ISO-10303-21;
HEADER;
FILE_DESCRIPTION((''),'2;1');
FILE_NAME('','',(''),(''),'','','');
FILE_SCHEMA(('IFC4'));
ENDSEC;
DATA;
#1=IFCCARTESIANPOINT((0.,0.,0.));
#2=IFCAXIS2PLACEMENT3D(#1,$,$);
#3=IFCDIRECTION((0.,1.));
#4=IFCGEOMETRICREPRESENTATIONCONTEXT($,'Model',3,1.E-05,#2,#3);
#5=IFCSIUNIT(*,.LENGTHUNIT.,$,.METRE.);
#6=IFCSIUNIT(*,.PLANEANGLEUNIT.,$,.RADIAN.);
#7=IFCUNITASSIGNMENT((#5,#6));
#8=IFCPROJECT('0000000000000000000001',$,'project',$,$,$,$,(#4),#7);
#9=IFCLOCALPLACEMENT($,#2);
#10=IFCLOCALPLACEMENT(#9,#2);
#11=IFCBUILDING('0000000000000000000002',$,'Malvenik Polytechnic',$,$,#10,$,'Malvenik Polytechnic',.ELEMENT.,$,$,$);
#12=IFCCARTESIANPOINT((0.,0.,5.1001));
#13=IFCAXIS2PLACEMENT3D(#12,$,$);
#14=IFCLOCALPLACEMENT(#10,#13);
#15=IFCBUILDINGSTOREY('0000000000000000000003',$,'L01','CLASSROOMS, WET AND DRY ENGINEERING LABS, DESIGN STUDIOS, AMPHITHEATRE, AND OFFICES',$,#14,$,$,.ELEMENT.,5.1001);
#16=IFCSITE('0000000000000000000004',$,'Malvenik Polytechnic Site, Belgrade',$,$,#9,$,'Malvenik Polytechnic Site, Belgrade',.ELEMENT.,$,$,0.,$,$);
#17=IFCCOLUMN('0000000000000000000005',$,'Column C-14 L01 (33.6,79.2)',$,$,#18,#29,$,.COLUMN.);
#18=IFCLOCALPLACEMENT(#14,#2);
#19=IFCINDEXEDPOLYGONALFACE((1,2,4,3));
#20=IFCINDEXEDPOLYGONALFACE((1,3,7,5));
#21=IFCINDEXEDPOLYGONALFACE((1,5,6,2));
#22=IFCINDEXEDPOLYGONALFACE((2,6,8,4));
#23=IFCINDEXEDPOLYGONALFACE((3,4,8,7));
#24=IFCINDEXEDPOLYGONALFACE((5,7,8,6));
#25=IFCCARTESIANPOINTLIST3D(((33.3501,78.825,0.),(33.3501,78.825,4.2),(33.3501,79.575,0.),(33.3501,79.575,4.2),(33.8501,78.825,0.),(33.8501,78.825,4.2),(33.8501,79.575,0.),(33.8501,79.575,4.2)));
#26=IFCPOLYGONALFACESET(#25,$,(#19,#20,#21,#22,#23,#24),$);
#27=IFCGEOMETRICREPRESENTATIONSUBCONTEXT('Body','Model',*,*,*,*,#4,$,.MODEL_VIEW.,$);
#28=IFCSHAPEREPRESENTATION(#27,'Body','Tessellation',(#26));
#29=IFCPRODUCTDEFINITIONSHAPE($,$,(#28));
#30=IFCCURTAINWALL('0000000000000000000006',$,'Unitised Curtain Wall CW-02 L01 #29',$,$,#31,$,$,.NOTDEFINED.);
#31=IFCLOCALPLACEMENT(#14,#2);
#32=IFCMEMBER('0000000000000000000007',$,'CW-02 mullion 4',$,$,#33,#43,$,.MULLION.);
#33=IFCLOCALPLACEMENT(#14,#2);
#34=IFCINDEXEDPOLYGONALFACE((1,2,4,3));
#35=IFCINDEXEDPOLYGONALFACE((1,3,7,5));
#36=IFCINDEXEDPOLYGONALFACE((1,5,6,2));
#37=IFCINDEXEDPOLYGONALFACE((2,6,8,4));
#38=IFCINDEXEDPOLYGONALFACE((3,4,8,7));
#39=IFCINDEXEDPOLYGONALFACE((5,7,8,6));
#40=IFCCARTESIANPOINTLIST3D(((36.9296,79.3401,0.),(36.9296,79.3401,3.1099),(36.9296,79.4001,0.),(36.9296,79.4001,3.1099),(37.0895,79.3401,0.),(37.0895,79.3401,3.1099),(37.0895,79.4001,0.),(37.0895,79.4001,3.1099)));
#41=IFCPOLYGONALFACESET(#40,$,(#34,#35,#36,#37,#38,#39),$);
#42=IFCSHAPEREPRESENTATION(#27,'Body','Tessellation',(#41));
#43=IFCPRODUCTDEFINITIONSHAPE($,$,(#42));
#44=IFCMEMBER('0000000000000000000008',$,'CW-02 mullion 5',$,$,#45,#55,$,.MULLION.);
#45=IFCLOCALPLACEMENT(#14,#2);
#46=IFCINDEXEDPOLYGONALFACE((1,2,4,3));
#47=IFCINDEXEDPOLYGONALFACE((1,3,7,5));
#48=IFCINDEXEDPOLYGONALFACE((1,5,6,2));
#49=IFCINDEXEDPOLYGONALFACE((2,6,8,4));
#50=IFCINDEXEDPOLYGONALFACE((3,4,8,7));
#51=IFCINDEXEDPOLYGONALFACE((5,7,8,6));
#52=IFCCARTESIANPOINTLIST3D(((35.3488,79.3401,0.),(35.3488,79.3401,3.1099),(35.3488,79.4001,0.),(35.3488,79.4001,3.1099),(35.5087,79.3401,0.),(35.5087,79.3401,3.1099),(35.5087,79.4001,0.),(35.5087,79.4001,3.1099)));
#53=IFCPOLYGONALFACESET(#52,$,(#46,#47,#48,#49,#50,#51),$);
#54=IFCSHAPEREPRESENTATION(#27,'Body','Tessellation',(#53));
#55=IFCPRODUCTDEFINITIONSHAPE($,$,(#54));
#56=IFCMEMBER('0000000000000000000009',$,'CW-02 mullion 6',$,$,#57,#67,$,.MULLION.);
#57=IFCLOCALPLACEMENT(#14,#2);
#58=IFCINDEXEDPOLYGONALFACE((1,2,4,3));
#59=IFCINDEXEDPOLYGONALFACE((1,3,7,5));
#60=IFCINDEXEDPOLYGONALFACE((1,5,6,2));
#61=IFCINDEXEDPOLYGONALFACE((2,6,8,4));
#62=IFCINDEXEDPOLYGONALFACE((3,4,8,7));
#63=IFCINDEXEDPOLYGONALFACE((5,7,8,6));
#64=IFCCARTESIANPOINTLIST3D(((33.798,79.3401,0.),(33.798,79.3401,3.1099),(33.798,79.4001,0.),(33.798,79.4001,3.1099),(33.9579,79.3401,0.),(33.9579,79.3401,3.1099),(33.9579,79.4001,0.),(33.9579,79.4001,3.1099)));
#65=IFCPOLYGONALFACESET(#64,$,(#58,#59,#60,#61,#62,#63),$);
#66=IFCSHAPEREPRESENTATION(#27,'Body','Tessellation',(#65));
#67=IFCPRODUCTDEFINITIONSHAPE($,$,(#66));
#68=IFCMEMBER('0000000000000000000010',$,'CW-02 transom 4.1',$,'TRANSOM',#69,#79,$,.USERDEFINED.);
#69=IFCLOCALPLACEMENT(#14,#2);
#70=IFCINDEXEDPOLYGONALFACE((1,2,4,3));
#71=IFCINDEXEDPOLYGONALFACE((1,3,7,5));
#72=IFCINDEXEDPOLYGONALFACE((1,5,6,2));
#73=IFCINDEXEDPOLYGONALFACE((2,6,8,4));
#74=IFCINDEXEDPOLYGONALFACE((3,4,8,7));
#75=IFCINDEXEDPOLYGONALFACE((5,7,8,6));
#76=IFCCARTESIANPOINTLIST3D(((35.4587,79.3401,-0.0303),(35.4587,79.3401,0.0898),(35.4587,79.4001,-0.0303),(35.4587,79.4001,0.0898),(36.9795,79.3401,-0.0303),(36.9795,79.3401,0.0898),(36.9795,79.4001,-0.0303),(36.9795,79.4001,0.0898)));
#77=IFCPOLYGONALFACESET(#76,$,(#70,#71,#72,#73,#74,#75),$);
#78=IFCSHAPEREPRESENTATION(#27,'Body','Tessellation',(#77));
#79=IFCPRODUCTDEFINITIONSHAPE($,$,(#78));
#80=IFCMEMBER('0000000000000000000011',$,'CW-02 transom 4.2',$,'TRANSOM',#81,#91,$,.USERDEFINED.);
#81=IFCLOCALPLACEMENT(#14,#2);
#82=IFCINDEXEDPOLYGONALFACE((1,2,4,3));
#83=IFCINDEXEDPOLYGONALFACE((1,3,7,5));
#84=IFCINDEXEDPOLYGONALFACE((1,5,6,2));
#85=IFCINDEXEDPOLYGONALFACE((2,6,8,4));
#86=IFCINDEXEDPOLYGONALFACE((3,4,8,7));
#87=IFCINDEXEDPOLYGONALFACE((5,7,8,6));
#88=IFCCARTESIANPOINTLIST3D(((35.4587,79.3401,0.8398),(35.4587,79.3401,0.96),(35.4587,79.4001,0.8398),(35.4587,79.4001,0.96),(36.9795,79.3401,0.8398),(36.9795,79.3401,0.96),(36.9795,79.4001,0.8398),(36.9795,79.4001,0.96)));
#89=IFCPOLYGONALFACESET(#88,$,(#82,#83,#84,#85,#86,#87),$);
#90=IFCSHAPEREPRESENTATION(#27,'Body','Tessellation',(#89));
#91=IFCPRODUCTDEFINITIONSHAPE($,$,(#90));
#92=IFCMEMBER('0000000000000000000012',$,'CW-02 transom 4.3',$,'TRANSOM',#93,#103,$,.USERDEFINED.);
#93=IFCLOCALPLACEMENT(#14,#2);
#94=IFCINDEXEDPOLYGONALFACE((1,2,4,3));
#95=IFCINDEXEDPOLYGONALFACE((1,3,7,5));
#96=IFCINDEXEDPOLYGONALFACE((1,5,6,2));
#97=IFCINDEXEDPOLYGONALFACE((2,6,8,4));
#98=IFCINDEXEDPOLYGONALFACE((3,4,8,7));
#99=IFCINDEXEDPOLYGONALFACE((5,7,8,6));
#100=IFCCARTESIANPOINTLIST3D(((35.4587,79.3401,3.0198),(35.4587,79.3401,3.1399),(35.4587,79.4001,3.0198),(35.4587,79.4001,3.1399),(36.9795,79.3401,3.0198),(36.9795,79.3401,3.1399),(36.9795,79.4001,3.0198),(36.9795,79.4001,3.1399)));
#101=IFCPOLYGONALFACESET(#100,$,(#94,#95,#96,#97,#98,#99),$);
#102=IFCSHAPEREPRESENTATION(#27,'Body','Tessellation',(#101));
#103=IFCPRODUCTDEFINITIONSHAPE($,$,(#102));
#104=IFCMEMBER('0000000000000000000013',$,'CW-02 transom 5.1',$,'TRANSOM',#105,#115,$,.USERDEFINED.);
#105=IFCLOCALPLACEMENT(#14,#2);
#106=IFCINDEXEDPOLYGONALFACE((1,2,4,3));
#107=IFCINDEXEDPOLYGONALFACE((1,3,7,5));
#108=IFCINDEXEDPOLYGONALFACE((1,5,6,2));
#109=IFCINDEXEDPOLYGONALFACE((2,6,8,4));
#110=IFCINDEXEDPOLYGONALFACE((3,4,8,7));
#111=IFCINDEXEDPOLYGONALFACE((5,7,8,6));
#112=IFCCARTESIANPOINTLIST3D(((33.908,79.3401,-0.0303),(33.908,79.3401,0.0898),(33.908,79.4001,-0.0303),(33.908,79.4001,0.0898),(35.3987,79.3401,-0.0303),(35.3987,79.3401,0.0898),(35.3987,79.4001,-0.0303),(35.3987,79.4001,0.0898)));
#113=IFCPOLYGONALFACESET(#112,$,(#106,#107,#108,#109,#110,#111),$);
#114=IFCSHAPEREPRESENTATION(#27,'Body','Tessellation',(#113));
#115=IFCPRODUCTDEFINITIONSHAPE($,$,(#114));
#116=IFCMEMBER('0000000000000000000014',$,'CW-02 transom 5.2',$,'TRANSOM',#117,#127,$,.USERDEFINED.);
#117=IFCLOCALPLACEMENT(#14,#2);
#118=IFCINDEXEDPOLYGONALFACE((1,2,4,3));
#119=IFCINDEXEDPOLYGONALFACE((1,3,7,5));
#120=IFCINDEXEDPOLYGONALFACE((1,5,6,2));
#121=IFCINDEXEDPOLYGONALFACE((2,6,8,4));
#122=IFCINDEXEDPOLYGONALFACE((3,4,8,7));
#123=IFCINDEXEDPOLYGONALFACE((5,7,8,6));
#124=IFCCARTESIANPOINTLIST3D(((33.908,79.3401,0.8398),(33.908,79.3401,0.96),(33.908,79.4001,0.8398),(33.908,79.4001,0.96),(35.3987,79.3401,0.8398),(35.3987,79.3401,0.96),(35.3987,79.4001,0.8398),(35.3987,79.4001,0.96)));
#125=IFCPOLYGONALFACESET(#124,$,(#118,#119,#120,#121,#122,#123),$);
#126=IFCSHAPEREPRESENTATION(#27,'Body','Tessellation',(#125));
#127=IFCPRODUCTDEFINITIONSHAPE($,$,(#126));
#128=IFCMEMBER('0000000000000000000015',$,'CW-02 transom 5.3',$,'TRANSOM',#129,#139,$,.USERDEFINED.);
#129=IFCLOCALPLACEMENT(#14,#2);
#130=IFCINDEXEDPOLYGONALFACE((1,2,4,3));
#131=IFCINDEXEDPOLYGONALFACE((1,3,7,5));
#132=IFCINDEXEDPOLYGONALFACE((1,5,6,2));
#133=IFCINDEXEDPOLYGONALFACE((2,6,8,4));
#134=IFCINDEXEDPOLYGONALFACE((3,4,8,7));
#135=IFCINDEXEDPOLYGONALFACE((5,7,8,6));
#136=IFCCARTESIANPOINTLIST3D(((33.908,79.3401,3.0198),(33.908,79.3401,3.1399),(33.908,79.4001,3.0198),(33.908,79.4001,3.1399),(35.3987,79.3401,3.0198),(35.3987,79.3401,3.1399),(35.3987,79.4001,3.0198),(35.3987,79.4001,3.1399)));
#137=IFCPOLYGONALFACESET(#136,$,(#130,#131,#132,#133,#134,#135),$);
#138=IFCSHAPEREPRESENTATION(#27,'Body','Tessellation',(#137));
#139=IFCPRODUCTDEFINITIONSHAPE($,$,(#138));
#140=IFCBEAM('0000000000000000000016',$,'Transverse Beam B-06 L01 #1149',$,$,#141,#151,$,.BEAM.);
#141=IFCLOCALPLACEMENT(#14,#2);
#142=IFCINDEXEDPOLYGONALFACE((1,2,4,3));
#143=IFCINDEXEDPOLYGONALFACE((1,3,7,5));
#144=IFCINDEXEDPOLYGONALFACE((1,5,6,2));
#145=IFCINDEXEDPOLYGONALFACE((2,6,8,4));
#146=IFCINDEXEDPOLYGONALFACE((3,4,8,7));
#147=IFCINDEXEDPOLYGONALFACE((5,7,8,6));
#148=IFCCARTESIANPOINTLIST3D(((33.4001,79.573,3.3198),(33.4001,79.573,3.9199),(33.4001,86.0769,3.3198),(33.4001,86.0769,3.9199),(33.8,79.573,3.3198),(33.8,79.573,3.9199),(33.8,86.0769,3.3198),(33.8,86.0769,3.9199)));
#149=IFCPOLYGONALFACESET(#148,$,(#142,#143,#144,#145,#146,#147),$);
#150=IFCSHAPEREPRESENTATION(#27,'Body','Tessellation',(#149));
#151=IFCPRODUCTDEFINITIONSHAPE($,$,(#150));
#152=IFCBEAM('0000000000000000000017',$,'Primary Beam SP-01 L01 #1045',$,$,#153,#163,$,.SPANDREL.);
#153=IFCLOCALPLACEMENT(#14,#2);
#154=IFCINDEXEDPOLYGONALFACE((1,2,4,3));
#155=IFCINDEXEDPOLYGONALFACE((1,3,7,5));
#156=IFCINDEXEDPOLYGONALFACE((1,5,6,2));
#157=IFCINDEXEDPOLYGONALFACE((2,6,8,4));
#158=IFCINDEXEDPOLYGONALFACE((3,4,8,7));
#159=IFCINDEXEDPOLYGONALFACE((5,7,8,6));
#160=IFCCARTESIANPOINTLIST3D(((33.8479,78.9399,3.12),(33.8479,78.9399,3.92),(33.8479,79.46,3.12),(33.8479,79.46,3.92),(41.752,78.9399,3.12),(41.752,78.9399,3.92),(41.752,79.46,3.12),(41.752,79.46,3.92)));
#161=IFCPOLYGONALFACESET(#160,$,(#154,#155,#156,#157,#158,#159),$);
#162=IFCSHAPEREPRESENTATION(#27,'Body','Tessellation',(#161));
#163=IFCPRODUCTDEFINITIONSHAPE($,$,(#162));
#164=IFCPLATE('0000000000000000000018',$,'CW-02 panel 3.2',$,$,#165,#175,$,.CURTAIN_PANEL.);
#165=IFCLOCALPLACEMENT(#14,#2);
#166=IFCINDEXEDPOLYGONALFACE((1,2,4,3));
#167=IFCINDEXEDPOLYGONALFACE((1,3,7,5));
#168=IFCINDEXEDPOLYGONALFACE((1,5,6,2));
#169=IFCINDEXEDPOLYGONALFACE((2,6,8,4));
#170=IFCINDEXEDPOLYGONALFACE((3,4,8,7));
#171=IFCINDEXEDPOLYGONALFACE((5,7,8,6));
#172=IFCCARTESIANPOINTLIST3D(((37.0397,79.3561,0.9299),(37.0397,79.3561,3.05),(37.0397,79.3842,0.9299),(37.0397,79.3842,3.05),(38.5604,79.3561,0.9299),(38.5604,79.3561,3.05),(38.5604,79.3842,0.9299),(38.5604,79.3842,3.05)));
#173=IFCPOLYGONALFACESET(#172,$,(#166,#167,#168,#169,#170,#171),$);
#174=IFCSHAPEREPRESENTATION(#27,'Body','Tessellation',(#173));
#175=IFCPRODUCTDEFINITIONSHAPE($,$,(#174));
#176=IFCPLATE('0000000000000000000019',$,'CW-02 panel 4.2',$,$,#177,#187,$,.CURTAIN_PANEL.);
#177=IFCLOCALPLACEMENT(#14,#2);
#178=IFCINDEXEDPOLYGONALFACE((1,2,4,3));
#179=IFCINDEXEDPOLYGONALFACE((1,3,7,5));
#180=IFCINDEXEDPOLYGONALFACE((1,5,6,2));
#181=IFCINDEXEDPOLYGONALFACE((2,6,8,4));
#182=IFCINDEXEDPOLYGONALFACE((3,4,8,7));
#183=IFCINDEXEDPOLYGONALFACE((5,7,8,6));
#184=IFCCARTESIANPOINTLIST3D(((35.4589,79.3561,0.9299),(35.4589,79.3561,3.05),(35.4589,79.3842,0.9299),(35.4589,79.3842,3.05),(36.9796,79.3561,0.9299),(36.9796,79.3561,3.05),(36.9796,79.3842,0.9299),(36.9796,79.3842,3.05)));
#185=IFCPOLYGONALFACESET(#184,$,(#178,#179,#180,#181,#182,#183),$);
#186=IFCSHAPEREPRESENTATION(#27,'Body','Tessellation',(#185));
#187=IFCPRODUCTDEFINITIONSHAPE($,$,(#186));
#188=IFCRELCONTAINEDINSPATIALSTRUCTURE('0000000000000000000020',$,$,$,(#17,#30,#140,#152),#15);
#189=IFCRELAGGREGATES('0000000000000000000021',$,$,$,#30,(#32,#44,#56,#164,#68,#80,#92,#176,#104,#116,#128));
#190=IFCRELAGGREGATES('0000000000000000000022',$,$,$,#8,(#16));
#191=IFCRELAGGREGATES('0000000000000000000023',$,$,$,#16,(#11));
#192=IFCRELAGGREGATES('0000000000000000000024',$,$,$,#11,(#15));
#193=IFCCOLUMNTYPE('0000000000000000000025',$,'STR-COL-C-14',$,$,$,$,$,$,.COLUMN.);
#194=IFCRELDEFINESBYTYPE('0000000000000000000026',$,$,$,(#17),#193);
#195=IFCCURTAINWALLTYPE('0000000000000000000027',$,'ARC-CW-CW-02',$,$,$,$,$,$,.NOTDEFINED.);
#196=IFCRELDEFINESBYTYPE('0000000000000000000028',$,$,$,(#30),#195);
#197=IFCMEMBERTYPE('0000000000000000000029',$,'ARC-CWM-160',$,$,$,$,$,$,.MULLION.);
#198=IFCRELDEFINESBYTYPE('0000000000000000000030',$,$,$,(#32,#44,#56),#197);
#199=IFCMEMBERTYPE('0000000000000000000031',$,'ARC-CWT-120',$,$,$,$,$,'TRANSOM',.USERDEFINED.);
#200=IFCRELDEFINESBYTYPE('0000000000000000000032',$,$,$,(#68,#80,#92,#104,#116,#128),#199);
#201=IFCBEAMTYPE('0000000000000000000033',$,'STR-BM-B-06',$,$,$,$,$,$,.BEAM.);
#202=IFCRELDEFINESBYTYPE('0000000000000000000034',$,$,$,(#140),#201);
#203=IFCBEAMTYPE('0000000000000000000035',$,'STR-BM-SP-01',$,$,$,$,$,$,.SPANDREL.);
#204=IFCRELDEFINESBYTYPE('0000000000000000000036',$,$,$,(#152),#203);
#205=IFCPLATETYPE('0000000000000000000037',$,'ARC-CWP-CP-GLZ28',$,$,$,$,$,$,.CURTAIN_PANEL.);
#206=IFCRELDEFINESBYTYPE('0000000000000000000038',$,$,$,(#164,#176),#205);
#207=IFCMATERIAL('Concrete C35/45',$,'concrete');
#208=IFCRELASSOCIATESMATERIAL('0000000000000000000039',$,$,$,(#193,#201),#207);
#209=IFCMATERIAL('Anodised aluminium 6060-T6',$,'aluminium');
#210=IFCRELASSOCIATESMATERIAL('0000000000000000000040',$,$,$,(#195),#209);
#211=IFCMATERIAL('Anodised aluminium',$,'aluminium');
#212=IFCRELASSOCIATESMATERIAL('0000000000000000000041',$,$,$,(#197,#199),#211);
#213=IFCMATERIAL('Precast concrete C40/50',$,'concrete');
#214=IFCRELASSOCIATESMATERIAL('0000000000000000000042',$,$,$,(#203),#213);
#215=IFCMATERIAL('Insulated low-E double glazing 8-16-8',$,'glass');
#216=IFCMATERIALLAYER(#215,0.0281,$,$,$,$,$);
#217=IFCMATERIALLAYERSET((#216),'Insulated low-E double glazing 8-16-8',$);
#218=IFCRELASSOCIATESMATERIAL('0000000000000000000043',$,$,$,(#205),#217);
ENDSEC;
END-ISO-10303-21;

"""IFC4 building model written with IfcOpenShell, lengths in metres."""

from ifc_helpers import new_model, si_unit, direction, frame, origin, origin_2d, place, context, subcontext, project, spatial, rectangle, extrude, material, layer, layer_set, material_profile, profile_set, type_object, element, aggregate, save


model = new_model("IFC4")

# Units and contexts
model_context = context("Model", 3, precision=1e-05, world=origin(), true_north=direction((0.0, 1.0)))
body_context = subcontext(model_context, "Body", "Model", "MODEL_VIEW")
ifc_project = project(units=[si_unit("LENGTHUNIT", "METRE"), si_unit("PLANEANGLEUNIT", "RADIAN")], contexts=[model_context])

# Site, building, storey
site_placement = place(None, origin())
site = spatial("IfcSite", under=ifc_project, at=site_placement, Name="Malvenik Polytechnic Site, Belgrade", LongName="Malvenik Polytechnic Site, Belgrade", CompositionType="ELEMENT", RefElevation=0.0)
building_placement = place(site_placement, origin())
building = spatial("IfcBuilding", under=site, at=building_placement, Name="Malvenik Polytechnic", LongName="Malvenik Polytechnic", CompositionType="ELEMENT")
storey_placement = place(building_placement, frame((0.0, 0.0, 5.1001)))
storey = spatial("IfcBuildingStorey", under=building, at=storey_placement, Name="L01", Description="CLASSROOMS, WET AND DRY ENGINEERING LABS, DESIGN STUDIOS, AMPHITHEATRE, AND OFFICES", CompositionType="ELEMENT", Elevation=5.1001)

# Column
ifc_material_1 = material(Name="Concrete C35/45", Category="concrete")
ifc_material_profile_1 = material_profile(ifc_material_1, rectangle(XDim=0.5, YDim=0.75, at=origin_2d()), Name="RC COL 750x500")
ifc_profile_set_1 = profile_set([ifc_material_profile_1], Name="Concrete C35/45")
column_type = type_object("IfcColumnType", Name="STR-COL-C-14", PredefinedType="COLUMN", material=ifc_profile_set_1)
column_placement = place(storey_placement, frame((33.6001, 79.2, 0.0), z_axis=(0.0, 0.0, 1.0), x_axis=(1.0, 0.0, 0.0)))
element("IfcColumn", 1, at=column_placement, inside=storey, type_object=column_type, Name="Column C-14 L01 (33.6,79.2)", PredefinedType="COLUMN", context=body_context, shape_type="SweptSolid", body=[
    extrude(rectangle(XDim=0.5, YDim=0.75, at=origin_2d()), origin(), (0.0, 0.0, 1.0), 4.2),
])

# Curtain wall, members
ifc_material_2 = material(Name="Anodised aluminium 6060-T6", Category="aluminium")
curtain_wall_type = type_object("IfcCurtainWallType", Name="ARC-CW-CW-02", PredefinedType="NOTDEFINED", material=ifc_material_2)
curtain_wall_placement = place(storey_placement, origin())
curtain_wall = element("IfcCurtainWall", 2, at=curtain_wall_placement, inside=storey, type_object=curtain_wall_type, Name="Unitised Curtain Wall CW-02 L01 #29", PredefinedType="NOTDEFINED")
ifc_material_3 = material(Name="Anodised aluminium", Category="aluminium")
ifc_material_profile_2 = material_profile(ifc_material_3, rectangle(XDim=0.0601, YDim=0.1599, at=origin_2d()), Name="ALU MULLION 60x160")
ifc_profile_set_2 = profile_set([ifc_material_profile_2], Name="Anodised aluminium")
member_type_1 = type_object("IfcMemberType", Name="ARC-CWM-160", PredefinedType="MULLION", material=ifc_profile_set_2)
member_1_placement = place(storey_placement, frame((37.0095, 79.3701, 0.0), z_axis=(0.0, 0.0, 1.0), x_axis=(0.0, -1.0, 0.0)))
member_1 = element("IfcMember", 3, at=member_1_placement, type_object=member_type_1, Name="CW-02 mullion 4", PredefinedType="MULLION", context=body_context, shape_type="SweptSolid", body=[
    extrude(rectangle(XDim=0.0601, YDim=0.1599, at=origin_2d()), origin(), (0.0, 0.0, 1.0), 3.1099),
])
member_2_placement = place(storey_placement, frame((35.4287, 79.3701, 0.0), z_axis=(0.0, 0.0, 1.0), x_axis=(0.0, -1.0, 0.0)))
member_2 = element("IfcMember", 4, at=member_2_placement, type_object=member_type_1, Name="CW-02 mullion 5", PredefinedType="MULLION", context=body_context, shape_type="SweptSolid", body=[
    extrude(rectangle(XDim=0.0601, YDim=0.1599, at=origin_2d()), origin(), (0.0, 0.0, 1.0), 3.1099),
])
member_3_placement = place(storey_placement, frame((33.8779, 79.3701, 0.0), z_axis=(0.0, 0.0, 1.0), x_axis=(0.0, -1.0, 0.0)))
member_3 = element("IfcMember", 5, at=member_3_placement, type_object=member_type_1, Name="CW-02 mullion 6", PredefinedType="MULLION", context=body_context, shape_type="SweptSolid", body=[
    extrude(rectangle(XDim=0.0601, YDim=0.1599, at=origin_2d()), origin(), (0.0, 0.0, 1.0), 3.1099),
])
ifc_material_profile_3 = material_profile(ifc_material_3, rectangle(XDim=0.0601, YDim=0.1201, at=origin_2d()), Name="ALU TRANSOM 60x120")
ifc_profile_set_3 = profile_set([ifc_material_profile_3], Name="Anodised aluminium")
member_type_2 = type_object("IfcMemberType", Name="ARC-CWT-120", ElementType="TRANSOM", PredefinedType="USERDEFINED", material=ifc_profile_set_3)
member_4_placement = place(storey_placement, frame((36.9795, 79.3701, 0.0298), z_axis=(-1.0, 0.0, 0.0), x_axis=(0.0, -1.0, 0.0)))
member_4 = element("IfcMember", 6, at=member_4_placement, type_object=member_type_2, Name="CW-02 transom 4.1", ObjectType="TRANSOM", PredefinedType="USERDEFINED", context=body_context, shape_type="SweptSolid", body=[
    extrude(rectangle(XDim=0.0601, YDim=0.1201, at=origin_2d()), origin(), (0.0, 0.0, 1.0), 1.5208),
])
member_5_placement = place(storey_placement, frame((36.9795, 79.3701, 0.8999), z_axis=(-1.0, 0.0, 0.0), x_axis=(0.0, -1.0, 0.0)))
member_5 = element("IfcMember", 7, at=member_5_placement, type_object=member_type_2, Name="CW-02 transom 4.2", ObjectType="TRANSOM", PredefinedType="USERDEFINED", context=body_context, shape_type="SweptSolid", body=[
    extrude(rectangle(XDim=0.0601, YDim=0.1201, at=origin_2d()), origin(), (0.0, 0.0, 1.0), 1.5208),
])
member_6_placement = place(storey_placement, frame((36.9795, 79.3701, 3.0798), z_axis=(-1.0, 0.0, 0.0), x_axis=(0.0, -1.0, 0.0)))
member_6 = element("IfcMember", 8, at=member_6_placement, type_object=member_type_2, Name="CW-02 transom 4.3", ObjectType="TRANSOM", PredefinedType="USERDEFINED", context=body_context, shape_type="SweptSolid", body=[
    extrude(rectangle(XDim=0.0601, YDim=0.1201, at=origin_2d()), origin(), (0.0, 0.0, 1.0), 1.5208),
])
member_7_placement = place(storey_placement, frame((35.3987, 79.3701, 0.0298), z_axis=(-1.0, 0.0, 0.0), x_axis=(0.0, -1.0, 0.0)))
member_7 = element("IfcMember", 9, at=member_7_placement, type_object=member_type_2, Name="CW-02 transom 5.1", ObjectType="TRANSOM", PredefinedType="USERDEFINED", context=body_context, shape_type="SweptSolid", body=[
    extrude(rectangle(XDim=0.0601, YDim=0.1201, at=origin_2d()), origin(), (0.0, 0.0, 1.0), 1.4907),
])
member_8_placement = place(storey_placement, frame((35.3987, 79.3701, 0.8999), z_axis=(-1.0, 0.0, 0.0), x_axis=(0.0, -1.0, 0.0)))
member_8 = element("IfcMember", 10, at=member_8_placement, type_object=member_type_2, Name="CW-02 transom 5.2", ObjectType="TRANSOM", PredefinedType="USERDEFINED", context=body_context, shape_type="SweptSolid", body=[
    extrude(rectangle(XDim=0.0601, YDim=0.1201, at=origin_2d()), origin(), (0.0, 0.0, 1.0), 1.4907),
])
member_9_placement = place(storey_placement, frame((35.3987, 79.3701, 3.0798), z_axis=(-1.0, 0.0, 0.0), x_axis=(0.0, -1.0, 0.0)))
member_9 = element("IfcMember", 11, at=member_9_placement, type_object=member_type_2, Name="CW-02 transom 5.3", ObjectType="TRANSOM", PredefinedType="USERDEFINED", context=body_context, shape_type="SweptSolid", body=[
    extrude(rectangle(XDim=0.0601, YDim=0.1201, at=origin_2d()), origin(), (0.0, 0.0, 1.0), 1.4907),
])

# Beams
ifc_material_profile_4 = material_profile(ifc_material_1, rectangle(XDim=0.3999, YDim=0.6001, at=origin_2d()), Name="RC BM 400x600")
ifc_profile_set_4 = profile_set([ifc_material_profile_4], Name="Concrete C35/45")
beam_type_1 = type_object("IfcBeamType", Name="STR-BM-B-06", PredefinedType="BEAM", material=ifc_profile_set_4)
beam_1_placement = place(storey_placement, frame((33.6001, 79.573, 3.6199), z_axis=(0.0, 1.0, 0.0), x_axis=(-1.0, 0.0, 0.0)))
element("IfcBeam", 12, at=beam_1_placement, inside=storey, type_object=beam_type_1, Name="Transverse Beam B-06 L01 #1149", PredefinedType="BEAM", context=body_context, shape_type="SweptSolid", body=[
    extrude(rectangle(XDim=0.3999, YDim=0.6001, at=origin_2d()), origin(), (0.0, 0.0, 1.0), 6.5039),
])
ifc_material_4 = material(Name="Precast concrete C40/50", Category="concrete")
ifc_material_profile_5 = material_profile(ifc_material_4, rectangle(XDim=0.52, YDim=0.8, at=origin_2d()), Name="PC SPN 520x800")
ifc_profile_set_5 = profile_set([ifc_material_profile_5], Name="Precast concrete C40/50")
beam_type_2 = type_object("IfcBeamType", Name="STR-BM-SP-01", PredefinedType="SPANDREL", material=ifc_profile_set_5)
beam_2_placement = place(storey_placement, frame((33.8479, 79.2, 3.52), z_axis=(1.0, 0.0, 0.0), x_axis=(0.0, 1.0, 0.0)))
element("IfcBeam", 13, at=beam_2_placement, inside=storey, type_object=beam_type_2, Name="Primary Beam SP-01 L01 #1045", PredefinedType="SPANDREL", context=body_context, shape_type="SweptSolid", body=[
    extrude(rectangle(XDim=0.52, YDim=0.8, at=origin_2d()), origin(), (0.0, 0.0, 1.0), 7.9041),
])

# Plates
ifc_material_5 = material(Name="Insulated low-E double glazing 8-16-8", Category="glass")
ifc_layer_1 = layer(ifc_material_5, 0.0281)
ifc_layer_set_1 = layer_set([ifc_layer_1], Name="Insulated low-E double glazing 8-16-8")
plate_type_1 = type_object("IfcPlateType", Name="ARC-CWP-CP-GLZ28", PredefinedType="CURTAIN_PANEL", material=ifc_layer_set_1)
plate_1_placement = place(storey_placement, frame((37.8, 79.3701, 0.9299), z_axis=(0.0, 0.0, 1.0), x_axis=(-1.0, 0.0, 0.0)))
plate_1 = element("IfcPlate", 14, at=plate_1_placement, type_object=plate_type_1, Name="CW-02 panel 3.2", PredefinedType="CURTAIN_PANEL", context=body_context, shape_type="SweptSolid", body=[
    extrude(rectangle(XDim=1.5208, YDim=0.0281, at=origin_2d()), origin(), (0.0, 0.0, 1.0), 2.1201),
])
plate_2_placement = place(storey_placement, frame((36.2192, 79.3701, 0.9299), z_axis=(0.0, 0.0, 1.0), x_axis=(-1.0, 0.0, 0.0)))
plate_2 = element("IfcPlate", 15, at=plate_2_placement, type_object=plate_type_1, Name="CW-02 panel 4.2", PredefinedType="CURTAIN_PANEL", context=body_context, shape_type="SweptSolid", body=[
    extrude(rectangle(XDim=1.5208, YDim=0.0281, at=origin_2d()), origin(), (0.0, 0.0, 1.0), 2.1201),
])
aggregate(curtain_wall, [member_1, member_2, member_3, plate_1, member_4, member_5, member_6, plate_2, member_7, member_8, member_9])

save(model, "model.ifc")
